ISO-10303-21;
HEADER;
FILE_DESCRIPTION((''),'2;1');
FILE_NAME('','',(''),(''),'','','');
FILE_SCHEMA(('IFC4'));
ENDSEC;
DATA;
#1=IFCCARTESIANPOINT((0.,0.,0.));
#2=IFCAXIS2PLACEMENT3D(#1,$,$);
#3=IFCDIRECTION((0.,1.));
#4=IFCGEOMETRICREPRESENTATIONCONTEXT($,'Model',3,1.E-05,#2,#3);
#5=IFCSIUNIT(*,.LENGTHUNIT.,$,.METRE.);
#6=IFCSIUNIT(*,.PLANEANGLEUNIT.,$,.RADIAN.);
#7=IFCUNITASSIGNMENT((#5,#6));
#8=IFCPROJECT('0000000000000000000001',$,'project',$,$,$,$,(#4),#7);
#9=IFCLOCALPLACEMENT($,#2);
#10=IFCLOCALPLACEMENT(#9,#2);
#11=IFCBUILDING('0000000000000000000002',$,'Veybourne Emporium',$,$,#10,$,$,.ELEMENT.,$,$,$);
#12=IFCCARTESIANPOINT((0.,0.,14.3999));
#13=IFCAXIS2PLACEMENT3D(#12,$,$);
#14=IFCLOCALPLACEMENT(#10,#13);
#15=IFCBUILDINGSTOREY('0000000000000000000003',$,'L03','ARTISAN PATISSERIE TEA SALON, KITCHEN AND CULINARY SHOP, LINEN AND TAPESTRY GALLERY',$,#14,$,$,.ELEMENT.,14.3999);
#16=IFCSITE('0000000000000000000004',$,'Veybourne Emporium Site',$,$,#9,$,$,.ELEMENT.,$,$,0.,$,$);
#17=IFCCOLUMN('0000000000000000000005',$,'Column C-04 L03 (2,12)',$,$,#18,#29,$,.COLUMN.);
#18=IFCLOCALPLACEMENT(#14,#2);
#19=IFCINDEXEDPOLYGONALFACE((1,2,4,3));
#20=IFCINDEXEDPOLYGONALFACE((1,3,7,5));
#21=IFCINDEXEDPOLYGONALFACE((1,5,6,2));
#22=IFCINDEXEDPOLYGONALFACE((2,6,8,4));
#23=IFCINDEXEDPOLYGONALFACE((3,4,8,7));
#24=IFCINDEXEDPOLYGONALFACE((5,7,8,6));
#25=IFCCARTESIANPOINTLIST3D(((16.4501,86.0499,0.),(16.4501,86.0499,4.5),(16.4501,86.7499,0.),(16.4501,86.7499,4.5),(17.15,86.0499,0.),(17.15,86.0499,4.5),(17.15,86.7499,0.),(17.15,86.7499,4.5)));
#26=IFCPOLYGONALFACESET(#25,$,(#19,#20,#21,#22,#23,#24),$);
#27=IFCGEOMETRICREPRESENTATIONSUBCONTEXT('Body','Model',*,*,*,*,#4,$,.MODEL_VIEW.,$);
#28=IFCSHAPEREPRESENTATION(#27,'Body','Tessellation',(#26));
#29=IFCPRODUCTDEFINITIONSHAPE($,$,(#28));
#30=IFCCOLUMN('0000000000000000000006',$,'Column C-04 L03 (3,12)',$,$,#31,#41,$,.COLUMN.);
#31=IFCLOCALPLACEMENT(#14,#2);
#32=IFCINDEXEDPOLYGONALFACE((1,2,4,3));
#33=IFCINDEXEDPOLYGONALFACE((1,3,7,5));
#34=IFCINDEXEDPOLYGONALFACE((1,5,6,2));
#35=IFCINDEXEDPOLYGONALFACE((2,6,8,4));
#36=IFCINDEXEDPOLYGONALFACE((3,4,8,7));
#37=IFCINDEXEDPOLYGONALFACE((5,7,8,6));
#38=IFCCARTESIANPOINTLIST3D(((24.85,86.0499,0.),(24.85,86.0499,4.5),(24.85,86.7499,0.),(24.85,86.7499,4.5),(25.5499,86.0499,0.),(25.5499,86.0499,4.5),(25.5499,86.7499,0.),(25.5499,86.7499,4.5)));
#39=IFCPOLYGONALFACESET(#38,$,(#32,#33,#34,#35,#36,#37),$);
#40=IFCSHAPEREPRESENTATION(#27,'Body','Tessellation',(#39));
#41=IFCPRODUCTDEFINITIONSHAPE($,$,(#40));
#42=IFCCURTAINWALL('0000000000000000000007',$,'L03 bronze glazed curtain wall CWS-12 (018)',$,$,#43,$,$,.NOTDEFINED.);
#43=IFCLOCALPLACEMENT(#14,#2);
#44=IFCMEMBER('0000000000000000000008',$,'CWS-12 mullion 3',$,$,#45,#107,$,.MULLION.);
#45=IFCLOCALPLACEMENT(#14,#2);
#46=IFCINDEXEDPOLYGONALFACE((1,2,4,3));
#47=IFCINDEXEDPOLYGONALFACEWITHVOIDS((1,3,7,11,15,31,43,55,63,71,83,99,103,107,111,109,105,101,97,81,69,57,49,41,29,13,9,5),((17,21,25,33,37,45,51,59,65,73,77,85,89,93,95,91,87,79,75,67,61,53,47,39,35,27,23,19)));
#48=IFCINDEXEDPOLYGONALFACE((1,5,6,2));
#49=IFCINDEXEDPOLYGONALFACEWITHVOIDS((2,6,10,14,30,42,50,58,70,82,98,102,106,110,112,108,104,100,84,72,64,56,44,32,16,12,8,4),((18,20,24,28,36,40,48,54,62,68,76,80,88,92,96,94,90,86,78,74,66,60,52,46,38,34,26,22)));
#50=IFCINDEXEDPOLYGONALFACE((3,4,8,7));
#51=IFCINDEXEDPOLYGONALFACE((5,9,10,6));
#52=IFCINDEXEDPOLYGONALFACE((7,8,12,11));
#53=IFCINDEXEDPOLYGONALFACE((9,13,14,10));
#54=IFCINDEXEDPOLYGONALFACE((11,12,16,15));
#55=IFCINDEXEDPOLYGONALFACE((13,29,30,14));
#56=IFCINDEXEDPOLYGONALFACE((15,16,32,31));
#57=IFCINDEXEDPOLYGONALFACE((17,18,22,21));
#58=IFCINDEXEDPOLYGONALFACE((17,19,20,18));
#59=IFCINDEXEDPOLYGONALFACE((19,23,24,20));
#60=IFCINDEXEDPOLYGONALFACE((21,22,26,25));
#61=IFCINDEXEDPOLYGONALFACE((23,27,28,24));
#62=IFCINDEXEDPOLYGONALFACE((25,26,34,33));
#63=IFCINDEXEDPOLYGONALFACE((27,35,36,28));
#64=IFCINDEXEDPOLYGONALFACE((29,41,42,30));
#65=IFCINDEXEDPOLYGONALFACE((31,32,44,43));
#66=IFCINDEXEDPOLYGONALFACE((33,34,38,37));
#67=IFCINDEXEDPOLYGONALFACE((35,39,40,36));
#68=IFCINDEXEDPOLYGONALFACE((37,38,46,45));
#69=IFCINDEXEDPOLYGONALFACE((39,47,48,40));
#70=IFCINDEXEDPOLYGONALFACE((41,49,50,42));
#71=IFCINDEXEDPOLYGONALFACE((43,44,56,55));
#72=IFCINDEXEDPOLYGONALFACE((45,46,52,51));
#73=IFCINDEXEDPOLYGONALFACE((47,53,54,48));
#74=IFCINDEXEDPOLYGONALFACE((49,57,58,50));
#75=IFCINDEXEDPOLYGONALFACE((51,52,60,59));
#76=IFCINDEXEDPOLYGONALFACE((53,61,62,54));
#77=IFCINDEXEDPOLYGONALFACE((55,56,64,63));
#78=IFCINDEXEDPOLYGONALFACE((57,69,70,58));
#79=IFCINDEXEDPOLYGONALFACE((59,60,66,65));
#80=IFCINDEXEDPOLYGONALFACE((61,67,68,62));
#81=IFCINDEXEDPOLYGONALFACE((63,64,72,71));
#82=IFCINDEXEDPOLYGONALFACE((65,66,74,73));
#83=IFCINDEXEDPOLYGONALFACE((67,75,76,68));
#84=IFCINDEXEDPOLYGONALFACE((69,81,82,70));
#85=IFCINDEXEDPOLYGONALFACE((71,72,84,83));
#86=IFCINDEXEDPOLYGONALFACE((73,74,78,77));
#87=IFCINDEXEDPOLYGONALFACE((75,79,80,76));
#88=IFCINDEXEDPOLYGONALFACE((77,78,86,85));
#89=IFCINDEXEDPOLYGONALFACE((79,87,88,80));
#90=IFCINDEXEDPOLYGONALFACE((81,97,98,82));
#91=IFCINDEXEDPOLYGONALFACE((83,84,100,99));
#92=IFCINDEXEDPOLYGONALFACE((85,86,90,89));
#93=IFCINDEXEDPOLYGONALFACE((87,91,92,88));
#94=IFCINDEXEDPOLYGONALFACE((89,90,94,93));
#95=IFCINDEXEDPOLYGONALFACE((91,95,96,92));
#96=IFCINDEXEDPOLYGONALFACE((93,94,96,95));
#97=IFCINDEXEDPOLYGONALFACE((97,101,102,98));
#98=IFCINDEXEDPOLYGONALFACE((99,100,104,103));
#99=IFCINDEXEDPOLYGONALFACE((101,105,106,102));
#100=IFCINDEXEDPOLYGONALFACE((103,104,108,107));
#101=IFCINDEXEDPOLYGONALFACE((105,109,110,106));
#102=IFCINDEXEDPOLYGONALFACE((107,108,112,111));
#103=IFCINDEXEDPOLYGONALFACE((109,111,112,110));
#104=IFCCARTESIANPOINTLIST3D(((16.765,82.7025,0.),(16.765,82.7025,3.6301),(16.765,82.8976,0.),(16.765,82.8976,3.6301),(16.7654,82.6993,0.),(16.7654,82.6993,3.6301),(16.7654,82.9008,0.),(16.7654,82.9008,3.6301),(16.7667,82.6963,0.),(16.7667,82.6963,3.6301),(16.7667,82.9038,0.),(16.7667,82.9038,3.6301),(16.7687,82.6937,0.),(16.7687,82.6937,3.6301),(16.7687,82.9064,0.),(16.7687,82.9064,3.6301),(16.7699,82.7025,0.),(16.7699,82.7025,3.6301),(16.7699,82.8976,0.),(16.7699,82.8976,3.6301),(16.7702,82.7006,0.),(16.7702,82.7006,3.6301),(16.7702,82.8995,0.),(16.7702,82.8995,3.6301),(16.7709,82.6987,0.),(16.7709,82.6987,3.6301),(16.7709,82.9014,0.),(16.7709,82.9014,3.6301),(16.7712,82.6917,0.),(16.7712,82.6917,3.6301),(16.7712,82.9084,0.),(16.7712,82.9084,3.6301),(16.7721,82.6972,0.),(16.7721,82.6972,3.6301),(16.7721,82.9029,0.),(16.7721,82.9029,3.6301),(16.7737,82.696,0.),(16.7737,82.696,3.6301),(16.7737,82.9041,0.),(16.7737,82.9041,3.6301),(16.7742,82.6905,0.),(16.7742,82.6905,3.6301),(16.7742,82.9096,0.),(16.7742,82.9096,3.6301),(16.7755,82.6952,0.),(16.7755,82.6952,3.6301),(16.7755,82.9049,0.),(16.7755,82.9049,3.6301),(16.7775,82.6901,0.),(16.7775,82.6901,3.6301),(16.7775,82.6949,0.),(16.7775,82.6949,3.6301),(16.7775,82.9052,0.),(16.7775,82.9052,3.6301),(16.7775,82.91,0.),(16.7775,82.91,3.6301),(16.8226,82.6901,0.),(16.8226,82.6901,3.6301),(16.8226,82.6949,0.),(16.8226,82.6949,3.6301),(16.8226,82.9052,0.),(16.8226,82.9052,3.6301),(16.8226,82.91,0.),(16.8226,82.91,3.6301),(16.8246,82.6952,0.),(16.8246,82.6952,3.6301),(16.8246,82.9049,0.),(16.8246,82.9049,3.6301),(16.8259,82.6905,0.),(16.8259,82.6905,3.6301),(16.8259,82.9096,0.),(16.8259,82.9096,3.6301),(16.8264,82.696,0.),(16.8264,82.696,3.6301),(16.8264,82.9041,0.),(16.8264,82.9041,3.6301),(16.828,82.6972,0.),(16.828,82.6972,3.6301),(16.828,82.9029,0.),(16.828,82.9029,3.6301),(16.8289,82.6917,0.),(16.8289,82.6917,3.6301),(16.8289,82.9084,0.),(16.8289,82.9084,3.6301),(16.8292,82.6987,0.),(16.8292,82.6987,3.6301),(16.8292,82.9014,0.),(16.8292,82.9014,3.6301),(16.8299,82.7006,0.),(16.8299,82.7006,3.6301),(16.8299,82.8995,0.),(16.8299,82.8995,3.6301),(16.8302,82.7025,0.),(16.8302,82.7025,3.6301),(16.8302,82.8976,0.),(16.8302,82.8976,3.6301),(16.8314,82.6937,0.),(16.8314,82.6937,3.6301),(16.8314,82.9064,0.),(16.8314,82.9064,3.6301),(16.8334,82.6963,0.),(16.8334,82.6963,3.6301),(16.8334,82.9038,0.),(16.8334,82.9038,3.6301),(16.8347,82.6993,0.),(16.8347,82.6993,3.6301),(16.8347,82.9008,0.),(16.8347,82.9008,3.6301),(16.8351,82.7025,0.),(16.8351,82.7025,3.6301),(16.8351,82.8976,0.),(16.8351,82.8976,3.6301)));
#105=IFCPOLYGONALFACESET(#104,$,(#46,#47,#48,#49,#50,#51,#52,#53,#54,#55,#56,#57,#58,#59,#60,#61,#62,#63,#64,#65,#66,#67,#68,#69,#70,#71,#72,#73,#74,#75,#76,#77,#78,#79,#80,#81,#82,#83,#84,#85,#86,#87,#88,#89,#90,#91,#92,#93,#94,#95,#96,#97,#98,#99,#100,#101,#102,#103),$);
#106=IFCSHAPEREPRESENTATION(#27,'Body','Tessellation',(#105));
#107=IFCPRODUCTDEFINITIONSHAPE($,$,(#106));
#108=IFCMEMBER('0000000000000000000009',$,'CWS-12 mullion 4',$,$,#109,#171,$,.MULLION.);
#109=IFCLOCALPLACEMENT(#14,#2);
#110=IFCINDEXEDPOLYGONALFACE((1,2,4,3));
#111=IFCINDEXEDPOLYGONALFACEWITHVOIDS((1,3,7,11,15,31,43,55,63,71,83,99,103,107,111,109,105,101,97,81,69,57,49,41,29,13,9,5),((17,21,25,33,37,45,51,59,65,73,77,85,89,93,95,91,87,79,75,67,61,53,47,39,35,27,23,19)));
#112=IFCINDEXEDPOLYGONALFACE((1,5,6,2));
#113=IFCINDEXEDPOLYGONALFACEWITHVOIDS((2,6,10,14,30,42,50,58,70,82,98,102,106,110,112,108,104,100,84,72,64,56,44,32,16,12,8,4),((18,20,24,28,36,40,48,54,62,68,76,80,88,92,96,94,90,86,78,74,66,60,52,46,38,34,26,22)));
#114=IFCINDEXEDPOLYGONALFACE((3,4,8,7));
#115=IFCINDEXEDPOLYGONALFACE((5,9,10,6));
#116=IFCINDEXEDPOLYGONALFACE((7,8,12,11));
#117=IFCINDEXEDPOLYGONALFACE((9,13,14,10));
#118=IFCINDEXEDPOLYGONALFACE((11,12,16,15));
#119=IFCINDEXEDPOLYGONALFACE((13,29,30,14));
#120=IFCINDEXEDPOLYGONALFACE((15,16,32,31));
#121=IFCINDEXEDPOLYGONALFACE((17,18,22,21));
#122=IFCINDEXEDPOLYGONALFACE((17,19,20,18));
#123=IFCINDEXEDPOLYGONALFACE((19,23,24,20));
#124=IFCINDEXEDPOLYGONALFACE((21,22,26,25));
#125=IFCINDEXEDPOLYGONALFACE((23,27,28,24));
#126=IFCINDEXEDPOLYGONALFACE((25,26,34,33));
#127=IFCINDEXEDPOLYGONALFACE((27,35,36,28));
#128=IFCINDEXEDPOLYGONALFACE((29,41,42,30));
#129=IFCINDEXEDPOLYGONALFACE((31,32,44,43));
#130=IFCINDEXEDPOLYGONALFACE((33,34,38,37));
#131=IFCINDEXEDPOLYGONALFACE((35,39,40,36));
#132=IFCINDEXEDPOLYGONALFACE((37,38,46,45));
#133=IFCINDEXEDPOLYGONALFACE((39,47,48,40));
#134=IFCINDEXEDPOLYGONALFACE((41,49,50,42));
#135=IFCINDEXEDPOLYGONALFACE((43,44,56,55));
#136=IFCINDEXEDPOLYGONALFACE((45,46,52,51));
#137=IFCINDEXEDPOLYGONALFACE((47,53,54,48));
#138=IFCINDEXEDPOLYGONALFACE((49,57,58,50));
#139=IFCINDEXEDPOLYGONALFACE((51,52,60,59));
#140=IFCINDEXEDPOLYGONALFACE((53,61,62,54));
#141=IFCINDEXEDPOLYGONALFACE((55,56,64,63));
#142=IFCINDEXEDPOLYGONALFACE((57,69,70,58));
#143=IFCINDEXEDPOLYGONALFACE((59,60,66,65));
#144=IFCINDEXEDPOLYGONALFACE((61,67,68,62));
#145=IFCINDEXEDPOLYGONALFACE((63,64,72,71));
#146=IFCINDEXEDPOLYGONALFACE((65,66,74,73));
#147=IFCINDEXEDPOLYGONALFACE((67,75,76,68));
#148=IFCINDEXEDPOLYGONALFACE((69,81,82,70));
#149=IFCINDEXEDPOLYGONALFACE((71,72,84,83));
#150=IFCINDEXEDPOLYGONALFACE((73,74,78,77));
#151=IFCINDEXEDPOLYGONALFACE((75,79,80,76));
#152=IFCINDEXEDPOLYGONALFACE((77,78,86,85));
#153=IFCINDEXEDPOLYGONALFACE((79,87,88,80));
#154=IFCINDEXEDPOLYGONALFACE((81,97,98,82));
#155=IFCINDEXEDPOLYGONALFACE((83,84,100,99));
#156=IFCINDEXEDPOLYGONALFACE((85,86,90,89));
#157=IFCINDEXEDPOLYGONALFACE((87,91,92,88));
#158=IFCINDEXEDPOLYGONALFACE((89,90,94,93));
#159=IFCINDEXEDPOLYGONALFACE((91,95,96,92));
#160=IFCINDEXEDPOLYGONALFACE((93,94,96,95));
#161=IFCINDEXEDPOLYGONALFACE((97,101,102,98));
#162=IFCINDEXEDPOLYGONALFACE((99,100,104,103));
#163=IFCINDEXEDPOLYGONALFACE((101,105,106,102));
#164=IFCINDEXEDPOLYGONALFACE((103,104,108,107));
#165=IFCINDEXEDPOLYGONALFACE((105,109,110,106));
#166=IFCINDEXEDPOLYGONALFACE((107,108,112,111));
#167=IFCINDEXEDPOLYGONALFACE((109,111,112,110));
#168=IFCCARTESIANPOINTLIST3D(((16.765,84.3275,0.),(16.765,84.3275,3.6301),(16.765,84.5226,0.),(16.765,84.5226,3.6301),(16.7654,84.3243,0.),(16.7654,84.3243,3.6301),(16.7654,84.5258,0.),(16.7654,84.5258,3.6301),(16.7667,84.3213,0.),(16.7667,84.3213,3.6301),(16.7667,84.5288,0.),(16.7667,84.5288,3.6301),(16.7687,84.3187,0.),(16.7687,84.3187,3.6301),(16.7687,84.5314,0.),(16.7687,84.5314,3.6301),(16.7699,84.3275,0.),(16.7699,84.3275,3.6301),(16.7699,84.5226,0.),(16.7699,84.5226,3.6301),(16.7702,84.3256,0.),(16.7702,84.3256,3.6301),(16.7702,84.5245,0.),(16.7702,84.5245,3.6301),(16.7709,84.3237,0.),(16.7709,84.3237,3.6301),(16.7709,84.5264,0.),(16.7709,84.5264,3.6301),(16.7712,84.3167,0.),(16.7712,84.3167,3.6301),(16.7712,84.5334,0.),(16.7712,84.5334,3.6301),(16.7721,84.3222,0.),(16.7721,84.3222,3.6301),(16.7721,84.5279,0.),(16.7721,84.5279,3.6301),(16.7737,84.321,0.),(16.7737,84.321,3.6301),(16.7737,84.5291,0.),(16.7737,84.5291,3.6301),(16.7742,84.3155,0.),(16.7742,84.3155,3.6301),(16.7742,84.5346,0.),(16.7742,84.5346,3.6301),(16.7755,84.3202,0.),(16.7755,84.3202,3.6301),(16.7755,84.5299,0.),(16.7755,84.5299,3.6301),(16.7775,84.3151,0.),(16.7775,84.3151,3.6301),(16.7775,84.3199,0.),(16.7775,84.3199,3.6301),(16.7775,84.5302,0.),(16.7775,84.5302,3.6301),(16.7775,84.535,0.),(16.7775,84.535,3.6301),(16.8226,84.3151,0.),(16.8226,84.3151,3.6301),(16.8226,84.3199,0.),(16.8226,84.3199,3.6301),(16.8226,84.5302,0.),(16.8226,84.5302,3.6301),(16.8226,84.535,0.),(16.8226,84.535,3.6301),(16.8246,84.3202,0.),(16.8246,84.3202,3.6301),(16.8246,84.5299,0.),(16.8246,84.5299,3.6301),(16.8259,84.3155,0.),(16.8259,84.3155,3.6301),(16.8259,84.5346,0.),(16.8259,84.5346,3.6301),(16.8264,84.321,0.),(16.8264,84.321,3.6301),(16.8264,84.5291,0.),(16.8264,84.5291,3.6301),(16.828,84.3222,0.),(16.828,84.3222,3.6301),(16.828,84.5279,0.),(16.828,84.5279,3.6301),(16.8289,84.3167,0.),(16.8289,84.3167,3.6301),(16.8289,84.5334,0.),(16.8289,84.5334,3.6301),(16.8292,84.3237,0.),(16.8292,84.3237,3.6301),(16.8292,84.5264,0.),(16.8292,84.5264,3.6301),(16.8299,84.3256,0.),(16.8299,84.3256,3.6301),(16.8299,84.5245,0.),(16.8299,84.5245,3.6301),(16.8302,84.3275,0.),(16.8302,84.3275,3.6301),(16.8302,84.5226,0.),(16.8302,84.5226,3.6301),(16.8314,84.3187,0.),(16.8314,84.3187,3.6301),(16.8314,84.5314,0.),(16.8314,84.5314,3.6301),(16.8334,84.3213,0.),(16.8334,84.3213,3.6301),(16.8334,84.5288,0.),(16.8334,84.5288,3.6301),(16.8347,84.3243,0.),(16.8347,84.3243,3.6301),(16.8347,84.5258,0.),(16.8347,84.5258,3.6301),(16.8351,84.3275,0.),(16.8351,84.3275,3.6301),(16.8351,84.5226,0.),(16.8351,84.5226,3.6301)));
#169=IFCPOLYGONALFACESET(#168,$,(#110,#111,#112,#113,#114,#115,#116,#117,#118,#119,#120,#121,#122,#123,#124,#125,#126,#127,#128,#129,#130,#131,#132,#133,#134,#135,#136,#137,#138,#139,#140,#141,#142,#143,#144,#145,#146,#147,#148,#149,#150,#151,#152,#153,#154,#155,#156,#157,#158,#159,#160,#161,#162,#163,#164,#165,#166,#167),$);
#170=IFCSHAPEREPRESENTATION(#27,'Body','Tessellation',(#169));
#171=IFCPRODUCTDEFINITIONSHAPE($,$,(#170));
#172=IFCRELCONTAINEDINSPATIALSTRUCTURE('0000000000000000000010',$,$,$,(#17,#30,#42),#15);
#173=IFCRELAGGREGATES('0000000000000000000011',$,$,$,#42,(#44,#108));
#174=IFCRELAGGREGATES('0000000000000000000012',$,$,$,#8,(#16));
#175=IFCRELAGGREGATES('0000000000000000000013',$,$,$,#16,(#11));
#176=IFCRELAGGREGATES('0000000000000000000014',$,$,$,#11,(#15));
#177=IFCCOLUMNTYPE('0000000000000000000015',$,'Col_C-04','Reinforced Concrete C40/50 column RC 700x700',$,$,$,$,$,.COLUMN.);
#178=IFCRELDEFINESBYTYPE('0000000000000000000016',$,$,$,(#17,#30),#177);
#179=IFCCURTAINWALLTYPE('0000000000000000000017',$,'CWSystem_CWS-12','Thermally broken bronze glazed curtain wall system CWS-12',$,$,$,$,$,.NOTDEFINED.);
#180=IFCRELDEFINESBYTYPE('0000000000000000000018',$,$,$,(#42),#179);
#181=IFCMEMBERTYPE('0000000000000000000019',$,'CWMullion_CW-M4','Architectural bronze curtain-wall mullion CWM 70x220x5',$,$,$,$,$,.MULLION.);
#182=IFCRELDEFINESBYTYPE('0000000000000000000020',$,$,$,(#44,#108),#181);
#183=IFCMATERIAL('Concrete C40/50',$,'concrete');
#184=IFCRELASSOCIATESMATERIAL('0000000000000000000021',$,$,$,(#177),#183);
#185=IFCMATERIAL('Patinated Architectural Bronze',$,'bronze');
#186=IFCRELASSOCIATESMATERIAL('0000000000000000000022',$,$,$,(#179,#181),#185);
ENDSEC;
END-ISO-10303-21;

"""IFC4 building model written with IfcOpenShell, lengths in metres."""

from ifc_helpers import new_model, si_unit, direction, frame, origin, origin_2d, place, context, subcontext, project, spatial, rectangle, hollow_rectangle, extrude, material, material_profile, profile_set, type_object, element, aggregate, save


model = new_model("IFC4")

# Units and contexts
model_context = context("Model", 3, precision=1e-05, world=origin(), true_north=direction((0.0, 1.0)))
body_context = subcontext(model_context, "Body", "Model", "MODEL_VIEW")
ifc_project = project(units=[si_unit("LENGTHUNIT", "METRE"), si_unit("PLANEANGLEUNIT", "RADIAN")], contexts=[model_context])

# Site, building, storey
site_placement = place(None, origin())
site = spatial("IfcSite", under=ifc_project, at=site_placement, Name="Veybourne Emporium Site", CompositionType="ELEMENT", RefElevation=0.0)
building_placement = place(site_placement, origin())
building = spatial("IfcBuilding", under=site, at=building_placement, Name="Veybourne Emporium", CompositionType="ELEMENT")
storey_placement = place(building_placement, frame((0.0, 0.0, 14.3999)))
storey = spatial("IfcBuildingStorey", under=building, at=storey_placement, Name="L03", Description="ARTISAN PATISSERIE TEA SALON, KITCHEN AND CULINARY SHOP, LINEN AND TAPESTRY GALLERY", CompositionType="ELEMENT", Elevation=14.3999)

# Columns
ifc_material_1 = material(Name="Concrete C40/50", Category="concrete")
ifc_material_profile_1 = material_profile(ifc_material_1, rectangle(XDim=0.7, YDim=0.7, at=origin_2d()), Name="RC 700x700")
ifc_profile_set_1 = profile_set([ifc_material_profile_1], Name="Concrete C40/50")
column_type = type_object("IfcColumnType", Name="Col_C-04", Description="Reinforced Concrete C40/50 column RC 700x700", PredefinedType="COLUMN", material=ifc_profile_set_1)
for number, where, z_axis, x_axis, name in (
    (1, (16.8, 86.3999, 0.0), (0.0, 0.0, 1.0), (1.0, 0.0, 0.0), "Column C-04 L03 (2,12)"),
    (2, (25.2, 86.3999, 0.0), (0.0, 0.0, 1.0), (1.0, 0.0, 0.0), "Column C-04 L03 (3,12)"),
):
    element("IfcColumn", number, at=place(storey_placement, frame(where, z_axis=z_axis, x_axis=x_axis)), inside=storey, type_object=column_type, Name=name, PredefinedType="COLUMN", context=body_context, shape_type="SweptSolid", body=[
        extrude(rectangle(XDim=0.7, YDim=0.7, at=origin_2d()), origin(), (0.0, 0.0, 1.0), 4.5),
    ])

# Curtain wall, members
ifc_material_2 = material(Name="Patinated Architectural Bronze", Category="bronze")
curtain_wall_type = type_object("IfcCurtainWallType", Name="CWSystem_CWS-12", Description="Thermally broken bronze glazed curtain wall system CWS-12", PredefinedType="NOTDEFINED", material=ifc_material_2)
curtain_wall_placement = place(storey_placement, origin())
curtain_wall = element("IfcCurtainWall", 3, at=curtain_wall_placement, inside=storey, type_object=curtain_wall_type, Name="L03 bronze glazed curtain wall CWS-12 (018)", PredefinedType="NOTDEFINED")
ifc_material_profile_2 = material_profile(ifc_material_2, hollow_rectangle(XDim=0.0701, YDim=0.22, WallThickness=0.0049, InnerFilletRadius=0.0076, OuterFilletRadius=0.0125, at=origin_2d()), Name="CWM 70x220x5")
ifc_profile_set_2 = profile_set([ifc_material_profile_2], Name="Patinated Architectural Bronze")
member_type_1 = type_object("IfcMemberType", Name="CWMullion_CW-M4", Description="Architectural bronze curtain-wall mullion CWM 70x220x5", PredefinedType="MULLION", material=ifc_profile_set_2)
member_1_placement = place(storey_placement, frame((16.8, 82.8, 0.0), z_axis=(0.0, 0.0, 1.0), x_axis=(-1.0, 0.0, 0.0)))
member_1 = element("IfcMember", 4, at=member_1_placement, type_object=member_type_1, Name="CWS-12 mullion 3", PredefinedType="MULLION", context=body_context, shape_type="SweptSolid", body=[
    extrude(hollow_rectangle(XDim=0.0701, YDim=0.22, WallThickness=0.0049, InnerFilletRadius=0.0076, OuterFilletRadius=0.0125, at=origin_2d()), origin(), (0.0, 0.0, 1.0), 3.6301),
])
member_2_placement = place(storey_placement, frame((16.8, 84.425, 0.0), z_axis=(0.0, 0.0, 1.0), x_axis=(-1.0, 0.0, 0.0)))
member_2 = element("IfcMember", 5, at=member_2_placement, type_object=member_type_1, Name="CWS-12 mullion 4", PredefinedType="MULLION", context=body_context, shape_type="SweptSolid", body=[
    extrude(hollow_rectangle(XDim=0.0701, YDim=0.22, WallThickness=0.0049, InnerFilletRadius=0.0076, OuterFilletRadius=0.0125, at=origin_2d()), origin(), (0.0, 0.0, 1.0), 3.6301),
])

aggregate(curtain_wall, [member_1, member_2])

save(model, "model.ifc")
